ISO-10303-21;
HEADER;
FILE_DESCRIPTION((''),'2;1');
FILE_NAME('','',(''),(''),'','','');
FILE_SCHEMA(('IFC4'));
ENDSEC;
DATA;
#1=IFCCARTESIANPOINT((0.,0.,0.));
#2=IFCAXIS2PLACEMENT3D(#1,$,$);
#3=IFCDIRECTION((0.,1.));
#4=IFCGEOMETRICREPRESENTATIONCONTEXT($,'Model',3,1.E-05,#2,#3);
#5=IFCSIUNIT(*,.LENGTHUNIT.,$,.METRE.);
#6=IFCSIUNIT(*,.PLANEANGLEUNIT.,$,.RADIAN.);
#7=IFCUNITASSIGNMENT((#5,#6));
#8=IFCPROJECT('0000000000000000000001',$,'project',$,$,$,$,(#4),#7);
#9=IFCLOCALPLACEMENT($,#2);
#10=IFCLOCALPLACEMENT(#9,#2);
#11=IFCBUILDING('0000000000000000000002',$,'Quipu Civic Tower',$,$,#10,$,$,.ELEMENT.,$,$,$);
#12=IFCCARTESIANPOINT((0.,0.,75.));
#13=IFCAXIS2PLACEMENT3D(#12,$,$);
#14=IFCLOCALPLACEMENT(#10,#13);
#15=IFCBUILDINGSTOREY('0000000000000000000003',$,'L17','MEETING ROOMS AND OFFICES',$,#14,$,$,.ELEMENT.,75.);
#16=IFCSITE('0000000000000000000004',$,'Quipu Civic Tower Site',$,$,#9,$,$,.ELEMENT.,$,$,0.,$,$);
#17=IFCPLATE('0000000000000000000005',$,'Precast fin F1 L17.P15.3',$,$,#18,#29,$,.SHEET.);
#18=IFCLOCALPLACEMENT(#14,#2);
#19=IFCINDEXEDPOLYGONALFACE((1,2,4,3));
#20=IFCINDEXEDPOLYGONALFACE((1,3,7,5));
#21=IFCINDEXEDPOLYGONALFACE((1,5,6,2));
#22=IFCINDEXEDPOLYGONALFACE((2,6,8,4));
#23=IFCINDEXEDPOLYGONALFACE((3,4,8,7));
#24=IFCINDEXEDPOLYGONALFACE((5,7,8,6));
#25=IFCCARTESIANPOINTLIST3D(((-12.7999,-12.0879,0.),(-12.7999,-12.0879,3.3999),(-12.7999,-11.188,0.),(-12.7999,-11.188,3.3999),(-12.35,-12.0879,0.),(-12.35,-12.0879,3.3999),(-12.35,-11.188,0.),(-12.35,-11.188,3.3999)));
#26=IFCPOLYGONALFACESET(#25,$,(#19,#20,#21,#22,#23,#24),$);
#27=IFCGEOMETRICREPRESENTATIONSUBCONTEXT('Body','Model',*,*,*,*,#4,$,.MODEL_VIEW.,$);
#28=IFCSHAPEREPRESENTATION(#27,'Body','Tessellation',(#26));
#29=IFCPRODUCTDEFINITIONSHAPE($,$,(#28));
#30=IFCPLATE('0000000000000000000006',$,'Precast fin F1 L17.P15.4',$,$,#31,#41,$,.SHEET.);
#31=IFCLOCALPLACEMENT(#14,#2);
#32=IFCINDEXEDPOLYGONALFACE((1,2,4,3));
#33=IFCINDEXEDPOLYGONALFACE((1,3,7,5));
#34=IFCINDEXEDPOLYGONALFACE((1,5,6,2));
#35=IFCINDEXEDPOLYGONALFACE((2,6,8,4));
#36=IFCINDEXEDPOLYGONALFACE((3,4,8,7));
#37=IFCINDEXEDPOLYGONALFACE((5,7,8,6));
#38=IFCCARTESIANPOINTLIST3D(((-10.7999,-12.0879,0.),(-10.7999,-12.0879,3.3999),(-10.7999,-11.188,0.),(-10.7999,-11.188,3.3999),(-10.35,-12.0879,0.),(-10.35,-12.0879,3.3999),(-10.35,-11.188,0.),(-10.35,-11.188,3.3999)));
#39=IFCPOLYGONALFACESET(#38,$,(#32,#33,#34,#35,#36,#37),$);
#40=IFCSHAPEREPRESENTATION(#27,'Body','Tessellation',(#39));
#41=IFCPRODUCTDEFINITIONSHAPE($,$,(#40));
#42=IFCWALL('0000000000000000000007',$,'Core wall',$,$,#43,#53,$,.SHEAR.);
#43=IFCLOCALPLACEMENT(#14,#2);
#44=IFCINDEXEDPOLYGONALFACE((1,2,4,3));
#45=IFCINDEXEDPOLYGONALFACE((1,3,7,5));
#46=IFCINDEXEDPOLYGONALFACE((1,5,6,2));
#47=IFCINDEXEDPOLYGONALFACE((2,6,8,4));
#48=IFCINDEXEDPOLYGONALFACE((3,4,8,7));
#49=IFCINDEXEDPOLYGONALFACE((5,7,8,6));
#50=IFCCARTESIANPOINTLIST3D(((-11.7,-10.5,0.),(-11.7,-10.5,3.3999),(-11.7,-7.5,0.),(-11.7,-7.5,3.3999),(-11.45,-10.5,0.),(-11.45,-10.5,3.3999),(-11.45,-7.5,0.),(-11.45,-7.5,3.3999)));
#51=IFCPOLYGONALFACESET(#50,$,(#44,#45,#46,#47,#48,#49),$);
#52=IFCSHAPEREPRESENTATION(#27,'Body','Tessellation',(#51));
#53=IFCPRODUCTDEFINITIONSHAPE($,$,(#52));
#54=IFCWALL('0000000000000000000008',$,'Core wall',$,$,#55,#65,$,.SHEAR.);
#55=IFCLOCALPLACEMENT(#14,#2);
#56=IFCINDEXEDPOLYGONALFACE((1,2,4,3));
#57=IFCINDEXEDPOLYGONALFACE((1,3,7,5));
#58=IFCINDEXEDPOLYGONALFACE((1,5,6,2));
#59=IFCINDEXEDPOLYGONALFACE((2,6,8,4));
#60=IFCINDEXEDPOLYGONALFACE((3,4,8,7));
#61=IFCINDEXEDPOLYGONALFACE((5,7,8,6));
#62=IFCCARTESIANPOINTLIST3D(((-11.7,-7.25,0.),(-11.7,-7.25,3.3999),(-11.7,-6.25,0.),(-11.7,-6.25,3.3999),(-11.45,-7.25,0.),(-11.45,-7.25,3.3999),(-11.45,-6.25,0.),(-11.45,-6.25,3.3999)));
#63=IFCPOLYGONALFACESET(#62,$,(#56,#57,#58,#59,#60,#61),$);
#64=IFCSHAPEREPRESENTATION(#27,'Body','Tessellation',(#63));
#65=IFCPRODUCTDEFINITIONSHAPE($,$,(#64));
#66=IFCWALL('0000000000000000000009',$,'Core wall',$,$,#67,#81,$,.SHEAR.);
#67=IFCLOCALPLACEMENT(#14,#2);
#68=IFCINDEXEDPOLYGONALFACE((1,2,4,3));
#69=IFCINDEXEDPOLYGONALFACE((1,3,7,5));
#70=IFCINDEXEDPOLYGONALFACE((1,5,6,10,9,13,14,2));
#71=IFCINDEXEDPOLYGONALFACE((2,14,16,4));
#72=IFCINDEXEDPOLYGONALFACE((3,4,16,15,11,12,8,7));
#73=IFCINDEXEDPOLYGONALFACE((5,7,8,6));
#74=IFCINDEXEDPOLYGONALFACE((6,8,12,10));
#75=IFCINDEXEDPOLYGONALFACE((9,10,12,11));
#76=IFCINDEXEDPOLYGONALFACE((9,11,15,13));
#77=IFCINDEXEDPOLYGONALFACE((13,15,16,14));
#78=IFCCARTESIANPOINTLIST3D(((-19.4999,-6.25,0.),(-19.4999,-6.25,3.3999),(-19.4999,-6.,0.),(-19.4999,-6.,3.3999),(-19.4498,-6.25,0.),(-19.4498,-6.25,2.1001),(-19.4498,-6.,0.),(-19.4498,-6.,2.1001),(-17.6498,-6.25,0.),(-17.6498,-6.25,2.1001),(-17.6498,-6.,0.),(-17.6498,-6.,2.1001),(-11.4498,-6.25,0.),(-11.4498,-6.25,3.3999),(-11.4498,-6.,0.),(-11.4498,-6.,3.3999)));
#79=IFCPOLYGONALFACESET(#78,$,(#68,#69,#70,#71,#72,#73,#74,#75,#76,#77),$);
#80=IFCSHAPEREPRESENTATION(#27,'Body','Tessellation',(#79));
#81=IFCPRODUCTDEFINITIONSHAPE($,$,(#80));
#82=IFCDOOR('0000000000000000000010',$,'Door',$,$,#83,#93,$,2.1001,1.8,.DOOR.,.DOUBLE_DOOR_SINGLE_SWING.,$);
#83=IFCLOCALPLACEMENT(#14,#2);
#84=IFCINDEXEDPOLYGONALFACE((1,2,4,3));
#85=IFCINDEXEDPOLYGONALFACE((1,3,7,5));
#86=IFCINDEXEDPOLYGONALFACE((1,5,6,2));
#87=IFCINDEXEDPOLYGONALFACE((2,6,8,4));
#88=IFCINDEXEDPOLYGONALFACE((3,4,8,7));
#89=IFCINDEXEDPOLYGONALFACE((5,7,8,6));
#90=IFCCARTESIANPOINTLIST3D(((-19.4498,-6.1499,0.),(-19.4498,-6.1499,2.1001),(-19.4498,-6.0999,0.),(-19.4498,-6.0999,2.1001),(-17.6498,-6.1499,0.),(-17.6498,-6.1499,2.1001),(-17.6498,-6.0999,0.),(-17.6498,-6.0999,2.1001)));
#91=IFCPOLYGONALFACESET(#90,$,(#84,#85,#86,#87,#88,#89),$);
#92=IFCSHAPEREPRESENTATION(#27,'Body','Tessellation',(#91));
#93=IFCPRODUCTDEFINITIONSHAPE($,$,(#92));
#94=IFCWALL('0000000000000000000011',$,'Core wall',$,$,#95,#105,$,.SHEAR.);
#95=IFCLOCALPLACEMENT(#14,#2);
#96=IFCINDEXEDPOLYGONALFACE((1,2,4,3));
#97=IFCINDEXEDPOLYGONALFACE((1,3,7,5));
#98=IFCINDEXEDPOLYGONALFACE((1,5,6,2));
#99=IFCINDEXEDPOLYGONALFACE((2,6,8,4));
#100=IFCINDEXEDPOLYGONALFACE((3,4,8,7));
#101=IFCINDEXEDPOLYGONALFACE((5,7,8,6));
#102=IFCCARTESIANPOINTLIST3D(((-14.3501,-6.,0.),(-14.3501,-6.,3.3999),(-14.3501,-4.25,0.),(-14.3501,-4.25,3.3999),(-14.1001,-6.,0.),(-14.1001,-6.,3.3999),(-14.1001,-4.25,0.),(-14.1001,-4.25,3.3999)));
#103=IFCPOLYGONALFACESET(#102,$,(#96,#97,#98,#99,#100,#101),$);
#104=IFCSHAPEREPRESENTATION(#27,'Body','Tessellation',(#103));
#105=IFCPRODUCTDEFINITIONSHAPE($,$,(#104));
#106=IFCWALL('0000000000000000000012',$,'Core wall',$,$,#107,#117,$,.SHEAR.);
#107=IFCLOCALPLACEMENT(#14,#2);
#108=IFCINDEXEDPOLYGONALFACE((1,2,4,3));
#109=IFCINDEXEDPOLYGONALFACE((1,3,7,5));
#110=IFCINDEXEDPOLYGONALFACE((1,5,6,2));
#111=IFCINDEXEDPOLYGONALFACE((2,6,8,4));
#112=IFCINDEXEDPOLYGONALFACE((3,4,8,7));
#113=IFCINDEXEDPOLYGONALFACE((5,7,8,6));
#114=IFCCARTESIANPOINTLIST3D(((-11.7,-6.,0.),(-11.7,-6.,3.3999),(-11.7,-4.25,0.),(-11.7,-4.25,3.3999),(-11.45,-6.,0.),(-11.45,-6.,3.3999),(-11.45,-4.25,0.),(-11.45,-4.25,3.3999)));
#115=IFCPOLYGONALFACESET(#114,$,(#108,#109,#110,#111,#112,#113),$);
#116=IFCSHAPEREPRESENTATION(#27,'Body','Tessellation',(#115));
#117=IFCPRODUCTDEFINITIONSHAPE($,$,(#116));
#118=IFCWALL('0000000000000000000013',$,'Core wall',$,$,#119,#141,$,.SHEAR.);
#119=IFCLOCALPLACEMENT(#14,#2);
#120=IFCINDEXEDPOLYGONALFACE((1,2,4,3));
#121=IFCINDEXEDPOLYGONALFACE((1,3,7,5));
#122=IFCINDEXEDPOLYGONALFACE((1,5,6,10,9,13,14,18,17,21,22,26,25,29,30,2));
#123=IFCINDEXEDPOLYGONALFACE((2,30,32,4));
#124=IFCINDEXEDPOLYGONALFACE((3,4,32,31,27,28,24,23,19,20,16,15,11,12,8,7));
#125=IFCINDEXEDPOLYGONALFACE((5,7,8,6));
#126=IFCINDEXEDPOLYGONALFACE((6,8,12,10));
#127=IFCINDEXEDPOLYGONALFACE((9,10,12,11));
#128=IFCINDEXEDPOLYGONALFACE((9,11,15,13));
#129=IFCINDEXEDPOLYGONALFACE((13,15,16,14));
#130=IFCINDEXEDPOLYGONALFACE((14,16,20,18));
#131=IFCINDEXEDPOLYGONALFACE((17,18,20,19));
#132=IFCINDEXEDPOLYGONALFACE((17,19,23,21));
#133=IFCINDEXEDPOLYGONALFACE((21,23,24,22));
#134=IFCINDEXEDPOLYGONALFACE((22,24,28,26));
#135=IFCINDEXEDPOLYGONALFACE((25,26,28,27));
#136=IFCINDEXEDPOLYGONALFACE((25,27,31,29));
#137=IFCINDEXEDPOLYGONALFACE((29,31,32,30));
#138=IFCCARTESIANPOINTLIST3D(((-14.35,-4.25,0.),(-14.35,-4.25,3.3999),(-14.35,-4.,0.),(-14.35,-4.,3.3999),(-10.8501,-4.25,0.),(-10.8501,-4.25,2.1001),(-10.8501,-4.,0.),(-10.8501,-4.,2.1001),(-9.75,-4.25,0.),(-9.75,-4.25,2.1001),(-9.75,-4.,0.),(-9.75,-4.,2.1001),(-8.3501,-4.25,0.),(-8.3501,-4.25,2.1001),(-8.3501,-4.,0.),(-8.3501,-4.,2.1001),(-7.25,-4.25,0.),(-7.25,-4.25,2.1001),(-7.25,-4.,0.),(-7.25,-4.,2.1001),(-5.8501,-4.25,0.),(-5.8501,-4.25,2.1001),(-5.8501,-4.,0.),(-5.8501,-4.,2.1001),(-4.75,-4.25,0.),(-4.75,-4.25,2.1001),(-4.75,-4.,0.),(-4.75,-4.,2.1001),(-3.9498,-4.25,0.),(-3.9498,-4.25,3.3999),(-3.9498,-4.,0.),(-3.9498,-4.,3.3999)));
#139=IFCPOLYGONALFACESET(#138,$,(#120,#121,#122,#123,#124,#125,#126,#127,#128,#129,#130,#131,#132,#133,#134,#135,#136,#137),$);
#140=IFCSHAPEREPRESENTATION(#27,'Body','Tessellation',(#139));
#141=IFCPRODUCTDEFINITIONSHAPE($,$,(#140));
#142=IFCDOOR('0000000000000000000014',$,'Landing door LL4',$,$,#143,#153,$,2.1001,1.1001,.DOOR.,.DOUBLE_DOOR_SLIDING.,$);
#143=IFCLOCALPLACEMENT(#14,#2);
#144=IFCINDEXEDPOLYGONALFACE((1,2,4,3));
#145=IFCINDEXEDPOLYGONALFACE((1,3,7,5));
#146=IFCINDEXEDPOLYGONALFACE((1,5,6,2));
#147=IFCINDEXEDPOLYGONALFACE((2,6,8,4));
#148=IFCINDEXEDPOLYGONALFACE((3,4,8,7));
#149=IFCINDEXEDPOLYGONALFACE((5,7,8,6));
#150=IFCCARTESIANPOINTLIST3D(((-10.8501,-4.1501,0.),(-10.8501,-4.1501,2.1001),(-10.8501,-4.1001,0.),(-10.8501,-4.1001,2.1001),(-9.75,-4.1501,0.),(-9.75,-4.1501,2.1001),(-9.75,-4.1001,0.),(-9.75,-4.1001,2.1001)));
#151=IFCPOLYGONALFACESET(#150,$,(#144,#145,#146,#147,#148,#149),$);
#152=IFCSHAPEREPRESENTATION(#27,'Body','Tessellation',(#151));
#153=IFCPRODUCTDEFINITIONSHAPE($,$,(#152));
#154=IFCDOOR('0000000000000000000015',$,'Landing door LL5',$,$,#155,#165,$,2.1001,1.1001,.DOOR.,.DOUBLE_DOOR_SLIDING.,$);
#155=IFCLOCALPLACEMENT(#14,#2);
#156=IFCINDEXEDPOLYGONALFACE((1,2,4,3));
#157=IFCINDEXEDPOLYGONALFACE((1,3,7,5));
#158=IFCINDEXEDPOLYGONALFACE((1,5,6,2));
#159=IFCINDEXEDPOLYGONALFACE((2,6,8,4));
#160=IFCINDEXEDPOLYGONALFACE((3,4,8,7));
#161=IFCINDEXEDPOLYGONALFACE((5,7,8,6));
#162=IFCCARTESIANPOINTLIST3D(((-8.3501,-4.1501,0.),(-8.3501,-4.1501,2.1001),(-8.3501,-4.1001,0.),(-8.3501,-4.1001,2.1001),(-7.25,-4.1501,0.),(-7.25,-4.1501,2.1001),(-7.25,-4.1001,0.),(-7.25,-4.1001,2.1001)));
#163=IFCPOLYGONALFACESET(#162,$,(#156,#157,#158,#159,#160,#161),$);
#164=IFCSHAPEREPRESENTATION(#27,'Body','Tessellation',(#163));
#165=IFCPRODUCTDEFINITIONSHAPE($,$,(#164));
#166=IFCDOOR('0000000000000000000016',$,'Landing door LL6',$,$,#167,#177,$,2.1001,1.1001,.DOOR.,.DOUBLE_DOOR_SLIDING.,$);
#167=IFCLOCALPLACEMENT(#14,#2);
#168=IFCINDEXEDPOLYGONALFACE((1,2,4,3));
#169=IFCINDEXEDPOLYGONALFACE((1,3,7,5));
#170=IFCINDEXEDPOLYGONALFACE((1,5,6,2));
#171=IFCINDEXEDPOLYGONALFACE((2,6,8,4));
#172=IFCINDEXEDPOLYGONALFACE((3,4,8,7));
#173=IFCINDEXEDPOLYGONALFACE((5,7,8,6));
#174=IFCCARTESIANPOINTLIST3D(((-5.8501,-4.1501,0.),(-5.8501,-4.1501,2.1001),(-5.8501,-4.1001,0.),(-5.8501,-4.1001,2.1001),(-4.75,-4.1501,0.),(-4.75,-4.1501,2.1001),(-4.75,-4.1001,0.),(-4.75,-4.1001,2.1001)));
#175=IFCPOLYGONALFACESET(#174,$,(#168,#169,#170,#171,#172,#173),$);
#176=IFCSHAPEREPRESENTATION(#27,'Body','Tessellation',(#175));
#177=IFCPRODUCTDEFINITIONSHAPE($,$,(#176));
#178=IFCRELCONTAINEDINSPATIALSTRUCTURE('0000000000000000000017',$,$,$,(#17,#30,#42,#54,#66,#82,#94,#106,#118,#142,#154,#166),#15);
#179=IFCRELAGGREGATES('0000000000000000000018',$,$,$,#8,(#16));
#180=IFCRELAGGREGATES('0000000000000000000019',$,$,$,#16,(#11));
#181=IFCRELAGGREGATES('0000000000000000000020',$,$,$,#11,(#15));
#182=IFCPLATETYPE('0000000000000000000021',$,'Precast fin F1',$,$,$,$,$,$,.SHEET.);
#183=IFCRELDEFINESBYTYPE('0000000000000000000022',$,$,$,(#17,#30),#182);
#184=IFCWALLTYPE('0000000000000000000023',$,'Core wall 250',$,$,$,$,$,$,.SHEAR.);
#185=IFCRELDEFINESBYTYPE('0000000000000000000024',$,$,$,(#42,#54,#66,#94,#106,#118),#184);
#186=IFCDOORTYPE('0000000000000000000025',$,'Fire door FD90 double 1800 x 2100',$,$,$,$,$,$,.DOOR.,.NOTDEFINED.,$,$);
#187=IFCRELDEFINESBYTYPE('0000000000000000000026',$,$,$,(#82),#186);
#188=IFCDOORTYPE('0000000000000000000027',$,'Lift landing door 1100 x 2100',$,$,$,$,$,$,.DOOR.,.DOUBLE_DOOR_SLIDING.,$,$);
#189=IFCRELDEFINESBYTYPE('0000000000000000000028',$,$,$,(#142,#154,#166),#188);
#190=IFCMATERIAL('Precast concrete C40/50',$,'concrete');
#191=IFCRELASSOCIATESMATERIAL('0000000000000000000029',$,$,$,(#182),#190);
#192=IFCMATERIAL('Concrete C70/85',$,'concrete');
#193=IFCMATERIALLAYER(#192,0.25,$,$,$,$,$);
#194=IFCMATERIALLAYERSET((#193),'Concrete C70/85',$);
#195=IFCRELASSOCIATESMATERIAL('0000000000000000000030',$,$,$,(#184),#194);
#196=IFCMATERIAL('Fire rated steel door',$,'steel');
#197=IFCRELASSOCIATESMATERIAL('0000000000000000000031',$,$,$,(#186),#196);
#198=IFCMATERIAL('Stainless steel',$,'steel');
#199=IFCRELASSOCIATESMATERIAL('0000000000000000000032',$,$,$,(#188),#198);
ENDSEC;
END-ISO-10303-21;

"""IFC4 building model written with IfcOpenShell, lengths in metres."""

from ifc_helpers import new_model, si_unit, direction, frame, frame_2d, origin, origin_2d, place, context, subcontext, project, spatial, rectangle, extrude, material, layer, layer_set, type_object, element, fill, save


model = new_model("IFC4")

# Units and contexts
model_context = context("Model", 3, precision=1e-05, world=origin(), true_north=direction((0.0, 1.0)))
body_context = subcontext(model_context, "Body", "Model", "MODEL_VIEW")
ifc_project = project(units=[si_unit("LENGTHUNIT", "METRE"), si_unit("PLANEANGLEUNIT", "RADIAN")], contexts=[model_context])

# Site, building, storey
site_placement = place(None, origin())
site = spatial("IfcSite", under=ifc_project, at=site_placement, Name="Quipu Civic Tower Site", CompositionType="ELEMENT", RefElevation=0.0)
building_placement = place(site_placement, origin())
building = spatial("IfcBuilding", under=site, at=building_placement, Name="Quipu Civic Tower", CompositionType="ELEMENT")
storey_placement = place(building_placement, frame((0.0, 0.0, 75.0)))
storey = spatial("IfcBuildingStorey", under=building, at=storey_placement, Name="L17", Description="MEETING ROOMS AND OFFICES", CompositionType="ELEMENT", Elevation=75.0)

# Plates
ifc_material_1 = material(Name="Precast concrete C40/50", Category="concrete")
plate_type = type_object("IfcPlateType", Name="Precast fin F1", PredefinedType="SHEET", material=ifc_material_1)
for number, where, z_axis, x_axis, name in (
    (1, (-12.575, -11.6379, 0.0), (0.0, 0.0, 1.0), (1.0, 0.0, 0.0), "Precast fin F1 L17.P15.3"),
    (2, (-10.575, -11.6379, 0.0), (0.0, 0.0, 1.0), (1.0, 0.0, 0.0), "Precast fin F1 L17.P15.4"),
):
    element("IfcPlate", number, at=place(storey_placement, frame(where, z_axis=z_axis, x_axis=x_axis)), inside=storey, type_object=plate_type, Name=name, PredefinedType="SHEET", context=body_context, shape_type="SweptSolid", body=[
        extrude(rectangle(XDim=0.45, YDim=0.8999, at=origin_2d()), origin(), (0.0, 0.0, 1.0), 3.3999),
    ])

# Walls
ifc_material_2 = material(Name="Concrete C70/85", Category="concrete")
ifc_layer_1 = layer(ifc_material_2, 0.25)
ifc_layer_set_1 = layer_set([ifc_layer_1], Name="Concrete C70/85")
wall_type_1 = type_object("IfcWallType", Name="Core wall 250", PredefinedType="SHEAR", material=ifc_layer_set_1)
wall_1_placement = place(storey_placement, frame((-11.575, -10.5, 0.0), z_axis=(0.0, 0.0, 1.0), x_axis=(0.0, 1.0, 0.0)))
element("IfcWall", 3, at=wall_1_placement, inside=storey, type_object=wall_type_1, Name="Core wall", PredefinedType="SHEAR", context=body_context, shape_type="SweptSolid", body=[
    extrude(rectangle(XDim=3.0, YDim=0.25, at=frame_2d((1.5, 0.0))), origin(), (0.0, 0.0, 1.0), 3.3999),
])
wall_2_placement = place(storey_placement, frame((-11.575, -7.25, 0.0), z_axis=(0.0, 0.0, 1.0), x_axis=(0.0, 1.0, 0.0)))
element("IfcWall", 4, at=wall_2_placement, inside=storey, type_object=wall_type_1, Name="Core wall", PredefinedType="SHEAR", context=body_context, shape_type="SweptSolid", body=[
    extrude(rectangle(XDim=1.0, YDim=0.25, at=frame_2d((0.5, 0.0))), origin(), (0.0, 0.0, 1.0), 3.3999),
])

# Wall, opening, door
wall_3_placement = place(storey_placement, frame((-11.45, -6.125, 0.0), z_axis=(0.0, 0.0, 1.0), x_axis=(-1.0, 0.0, 0.0)))
wall_3 = element("IfcWall", 5, at=wall_3_placement, inside=storey, type_object=wall_type_1, Name="Core wall", PredefinedType="SHEAR", context=body_context, shape_type="SweptSolid", body=[
    extrude(rectangle(XDim=8.05, YDim=0.25, at=frame_2d((4.0249, 0.0))), origin(), (0.0, 0.0, 1.0), 3.3999),
])
opening_1_placement = place(wall_3_placement, frame((6.2, 0.0, 0.0)))
opening_1 = element("IfcOpeningElement", 6, at=opening_1_placement, cuts=wall_3, PredefinedType="OPENING", context=body_context, shape_type="SweptSolid", body=[
    extrude(rectangle(XDim=1.8, YDim=2.1001, at=frame_2d((0.8999, 1.05))), frame((0.0, 0.135, 0.0), z_axis=(0.0, -1.0, 0.0), x_axis=(1.0, 0.0, 0.0)), (0.0, 0.0, 1.0), 0.27),
])
ifc_material_3 = material(Name="Fire rated steel door", Category="steel")
door_type_1 = type_object("IfcDoorType", Name="Fire door FD90 double 1800 x 2100", OperationType="NOTDEFINED", PredefinedType="DOOR", material=ifc_material_3)
door_1_placement = place(opening_1_placement, origin())
door_1 = element("IfcDoor", 7, at=door_1_placement, inside=storey, type_object=door_type_1, Name="Door", OperationType="DOUBLE_DOOR_SINGLE_SWING", OverallHeight=2.1001, OverallWidth=1.8, PredefinedType="DOOR", context=body_context, shape_type="SweptSolid", body=[
    extrude(rectangle(XDim=1.8, YDim=2.1001, at=frame_2d((0.8999, 1.05))), frame((0.0, 0.0249, 0.0), z_axis=(0.0, -1.0, 0.0), x_axis=(1.0, 0.0, 0.0)), (0.0, 0.0, 1.0), 0.05),
])
fill(opening_1, door_1)

# Walls
for number, where, z_axis, x_axis, name in (
    (8, (-14.2251, -6.0, 0.0), (0.0, 0.0, 1.0), (0.0, 1.0, 0.0), "Core wall"),
    (9, (-11.575, -6.0, 0.0), (0.0, 0.0, 1.0), (0.0, 1.0, 0.0), "Core wall"),
):
    element("IfcWall", number, at=place(storey_placement, frame(where, z_axis=z_axis, x_axis=x_axis)), inside=storey, type_object=wall_type_1, Name=name, PredefinedType="SHEAR", context=body_context, shape_type="SweptSolid", body=[
        extrude(rectangle(XDim=1.75, YDim=0.25, at=frame_2d((0.875, 0.0))), origin(), (0.0, 0.0, 1.0), 3.3999),
    ])

# Wall, openings, doors
wall_4_placement = place(storey_placement, frame((-14.3501, -4.125, 0.0), z_axis=(0.0, 0.0, 1.0), x_axis=(1.0, 0.0, 0.0)))
wall_4 = element("IfcWall", 10, at=wall_4_placement, inside=storey, type_object=wall_type_1, Name="Core wall", PredefinedType="SHEAR", context=body_context, shape_type="SweptSolid", body=[
    extrude(rectangle(XDim=10.4001, YDim=0.25, at=frame_2d((5.2002, 0.0))), origin(), (0.0, 0.0, 1.0), 3.3999),
])
opening_2_placement = place(wall_4_placement, frame((3.5, 0.0, 0.0)))
opening_2 = element("IfcOpeningElement", 11, at=opening_2_placement, cuts=wall_4, PredefinedType="OPENING", context=body_context, shape_type="SweptSolid", body=[
    extrude(rectangle(XDim=1.1001, YDim=2.1001, at=frame_2d((0.55, 1.05))), frame((0.0, 0.135, 0.0), z_axis=(0.0, -1.0, 0.0), x_axis=(1.0, 0.0, 0.0)), (0.0, 0.0, 1.0), 0.27),
])
opening_3_placement = place(wall_4_placement, frame((6.0, 0.0, 0.0)))
opening_3 = element("IfcOpeningElement", 12, at=opening_3_placement, cuts=wall_4, PredefinedType="OPENING", context=body_context, shape_type="SweptSolid", body=[
    extrude(rectangle(XDim=1.1001, YDim=2.1001, at=frame_2d((0.55, 1.05))), frame((0.0, 0.135, 0.0), z_axis=(0.0, -1.0, 0.0), x_axis=(1.0, 0.0, 0.0)), (0.0, 0.0, 1.0), 0.27),
])
opening_4_placement = place(wall_4_placement, frame((8.5, 0.0, 0.0)))
opening_4 = element("IfcOpeningElement", 13, at=opening_4_placement, cuts=wall_4, PredefinedType="OPENING", context=body_context, shape_type="SweptSolid", body=[
    extrude(rectangle(XDim=1.1001, YDim=2.1001, at=frame_2d((0.55, 1.05))), frame((0.0, 0.135, 0.0), z_axis=(0.0, -1.0, 0.0), x_axis=(1.0, 0.0, 0.0)), (0.0, 0.0, 1.0), 0.27),
])
ifc_material_4 = material(Name="Stainless steel", Category="steel")
door_type_2 = type_object("IfcDoorType", Name="Lift landing door 1100 x 2100", OperationType="DOUBLE_DOOR_SLIDING", PredefinedType="DOOR", material=ifc_material_4)
door_2_placement = place(opening_2_placement, origin())
door_2 = element("IfcDoor", 14, at=door_2_placement, inside=storey, type_object=door_type_2, Name="Landing door LL4", OperationType="DOUBLE_DOOR_SLIDING", OverallHeight=2.1001, OverallWidth=1.1001, PredefinedType="DOOR", context=body_context, shape_type="SweptSolid", body=[
    extrude(rectangle(XDim=1.1001, YDim=2.1001, at=frame_2d((0.55, 1.05))), frame((0.0, 0.0249, 0.0), z_axis=(0.0, -1.0, 0.0), x_axis=(1.0, 0.0, 0.0)), (0.0, 0.0, 1.0), 0.05),
])
fill(opening_2, door_2)
door_3_placement = place(opening_3_placement, origin())
door_3 = element("IfcDoor", 15, at=door_3_placement, inside=storey, type_object=door_type_2, Name="Landing door LL5", OperationType="DOUBLE_DOOR_SLIDING", OverallHeight=2.1001, OverallWidth=1.1001, PredefinedType="DOOR", context=body_context, shape_type="SweptSolid", body=[
    extrude(rectangle(XDim=1.1001, YDim=2.1001, at=frame_2d((0.55, 1.05))), frame((0.0, 0.0249, 0.0), z_axis=(0.0, -1.0, 0.0), x_axis=(1.0, 0.0, 0.0)), (0.0, 0.0, 1.0), 0.05),
])
fill(opening_3, door_3)
door_4_placement = place(opening_4_placement, origin())
door_4 = element("IfcDoor", 16, at=door_4_placement, inside=storey, type_object=door_type_2, Name="Landing door LL6", OperationType="DOUBLE_DOOR_SLIDING", OverallHeight=2.1001, OverallWidth=1.1001, PredefinedType="DOOR", context=body_context, shape_type="SweptSolid", body=[
    extrude(rectangle(XDim=1.1001, YDim=2.1001, at=frame_2d((0.55, 1.05))), frame((0.0, 0.0249, 0.0), z_axis=(0.0, -1.0, 0.0), x_axis=(1.0, 0.0, 0.0)), (0.0, 0.0, 1.0), 0.05),
])
fill(opening_4, door_4)

save(model, "model.ifc")
